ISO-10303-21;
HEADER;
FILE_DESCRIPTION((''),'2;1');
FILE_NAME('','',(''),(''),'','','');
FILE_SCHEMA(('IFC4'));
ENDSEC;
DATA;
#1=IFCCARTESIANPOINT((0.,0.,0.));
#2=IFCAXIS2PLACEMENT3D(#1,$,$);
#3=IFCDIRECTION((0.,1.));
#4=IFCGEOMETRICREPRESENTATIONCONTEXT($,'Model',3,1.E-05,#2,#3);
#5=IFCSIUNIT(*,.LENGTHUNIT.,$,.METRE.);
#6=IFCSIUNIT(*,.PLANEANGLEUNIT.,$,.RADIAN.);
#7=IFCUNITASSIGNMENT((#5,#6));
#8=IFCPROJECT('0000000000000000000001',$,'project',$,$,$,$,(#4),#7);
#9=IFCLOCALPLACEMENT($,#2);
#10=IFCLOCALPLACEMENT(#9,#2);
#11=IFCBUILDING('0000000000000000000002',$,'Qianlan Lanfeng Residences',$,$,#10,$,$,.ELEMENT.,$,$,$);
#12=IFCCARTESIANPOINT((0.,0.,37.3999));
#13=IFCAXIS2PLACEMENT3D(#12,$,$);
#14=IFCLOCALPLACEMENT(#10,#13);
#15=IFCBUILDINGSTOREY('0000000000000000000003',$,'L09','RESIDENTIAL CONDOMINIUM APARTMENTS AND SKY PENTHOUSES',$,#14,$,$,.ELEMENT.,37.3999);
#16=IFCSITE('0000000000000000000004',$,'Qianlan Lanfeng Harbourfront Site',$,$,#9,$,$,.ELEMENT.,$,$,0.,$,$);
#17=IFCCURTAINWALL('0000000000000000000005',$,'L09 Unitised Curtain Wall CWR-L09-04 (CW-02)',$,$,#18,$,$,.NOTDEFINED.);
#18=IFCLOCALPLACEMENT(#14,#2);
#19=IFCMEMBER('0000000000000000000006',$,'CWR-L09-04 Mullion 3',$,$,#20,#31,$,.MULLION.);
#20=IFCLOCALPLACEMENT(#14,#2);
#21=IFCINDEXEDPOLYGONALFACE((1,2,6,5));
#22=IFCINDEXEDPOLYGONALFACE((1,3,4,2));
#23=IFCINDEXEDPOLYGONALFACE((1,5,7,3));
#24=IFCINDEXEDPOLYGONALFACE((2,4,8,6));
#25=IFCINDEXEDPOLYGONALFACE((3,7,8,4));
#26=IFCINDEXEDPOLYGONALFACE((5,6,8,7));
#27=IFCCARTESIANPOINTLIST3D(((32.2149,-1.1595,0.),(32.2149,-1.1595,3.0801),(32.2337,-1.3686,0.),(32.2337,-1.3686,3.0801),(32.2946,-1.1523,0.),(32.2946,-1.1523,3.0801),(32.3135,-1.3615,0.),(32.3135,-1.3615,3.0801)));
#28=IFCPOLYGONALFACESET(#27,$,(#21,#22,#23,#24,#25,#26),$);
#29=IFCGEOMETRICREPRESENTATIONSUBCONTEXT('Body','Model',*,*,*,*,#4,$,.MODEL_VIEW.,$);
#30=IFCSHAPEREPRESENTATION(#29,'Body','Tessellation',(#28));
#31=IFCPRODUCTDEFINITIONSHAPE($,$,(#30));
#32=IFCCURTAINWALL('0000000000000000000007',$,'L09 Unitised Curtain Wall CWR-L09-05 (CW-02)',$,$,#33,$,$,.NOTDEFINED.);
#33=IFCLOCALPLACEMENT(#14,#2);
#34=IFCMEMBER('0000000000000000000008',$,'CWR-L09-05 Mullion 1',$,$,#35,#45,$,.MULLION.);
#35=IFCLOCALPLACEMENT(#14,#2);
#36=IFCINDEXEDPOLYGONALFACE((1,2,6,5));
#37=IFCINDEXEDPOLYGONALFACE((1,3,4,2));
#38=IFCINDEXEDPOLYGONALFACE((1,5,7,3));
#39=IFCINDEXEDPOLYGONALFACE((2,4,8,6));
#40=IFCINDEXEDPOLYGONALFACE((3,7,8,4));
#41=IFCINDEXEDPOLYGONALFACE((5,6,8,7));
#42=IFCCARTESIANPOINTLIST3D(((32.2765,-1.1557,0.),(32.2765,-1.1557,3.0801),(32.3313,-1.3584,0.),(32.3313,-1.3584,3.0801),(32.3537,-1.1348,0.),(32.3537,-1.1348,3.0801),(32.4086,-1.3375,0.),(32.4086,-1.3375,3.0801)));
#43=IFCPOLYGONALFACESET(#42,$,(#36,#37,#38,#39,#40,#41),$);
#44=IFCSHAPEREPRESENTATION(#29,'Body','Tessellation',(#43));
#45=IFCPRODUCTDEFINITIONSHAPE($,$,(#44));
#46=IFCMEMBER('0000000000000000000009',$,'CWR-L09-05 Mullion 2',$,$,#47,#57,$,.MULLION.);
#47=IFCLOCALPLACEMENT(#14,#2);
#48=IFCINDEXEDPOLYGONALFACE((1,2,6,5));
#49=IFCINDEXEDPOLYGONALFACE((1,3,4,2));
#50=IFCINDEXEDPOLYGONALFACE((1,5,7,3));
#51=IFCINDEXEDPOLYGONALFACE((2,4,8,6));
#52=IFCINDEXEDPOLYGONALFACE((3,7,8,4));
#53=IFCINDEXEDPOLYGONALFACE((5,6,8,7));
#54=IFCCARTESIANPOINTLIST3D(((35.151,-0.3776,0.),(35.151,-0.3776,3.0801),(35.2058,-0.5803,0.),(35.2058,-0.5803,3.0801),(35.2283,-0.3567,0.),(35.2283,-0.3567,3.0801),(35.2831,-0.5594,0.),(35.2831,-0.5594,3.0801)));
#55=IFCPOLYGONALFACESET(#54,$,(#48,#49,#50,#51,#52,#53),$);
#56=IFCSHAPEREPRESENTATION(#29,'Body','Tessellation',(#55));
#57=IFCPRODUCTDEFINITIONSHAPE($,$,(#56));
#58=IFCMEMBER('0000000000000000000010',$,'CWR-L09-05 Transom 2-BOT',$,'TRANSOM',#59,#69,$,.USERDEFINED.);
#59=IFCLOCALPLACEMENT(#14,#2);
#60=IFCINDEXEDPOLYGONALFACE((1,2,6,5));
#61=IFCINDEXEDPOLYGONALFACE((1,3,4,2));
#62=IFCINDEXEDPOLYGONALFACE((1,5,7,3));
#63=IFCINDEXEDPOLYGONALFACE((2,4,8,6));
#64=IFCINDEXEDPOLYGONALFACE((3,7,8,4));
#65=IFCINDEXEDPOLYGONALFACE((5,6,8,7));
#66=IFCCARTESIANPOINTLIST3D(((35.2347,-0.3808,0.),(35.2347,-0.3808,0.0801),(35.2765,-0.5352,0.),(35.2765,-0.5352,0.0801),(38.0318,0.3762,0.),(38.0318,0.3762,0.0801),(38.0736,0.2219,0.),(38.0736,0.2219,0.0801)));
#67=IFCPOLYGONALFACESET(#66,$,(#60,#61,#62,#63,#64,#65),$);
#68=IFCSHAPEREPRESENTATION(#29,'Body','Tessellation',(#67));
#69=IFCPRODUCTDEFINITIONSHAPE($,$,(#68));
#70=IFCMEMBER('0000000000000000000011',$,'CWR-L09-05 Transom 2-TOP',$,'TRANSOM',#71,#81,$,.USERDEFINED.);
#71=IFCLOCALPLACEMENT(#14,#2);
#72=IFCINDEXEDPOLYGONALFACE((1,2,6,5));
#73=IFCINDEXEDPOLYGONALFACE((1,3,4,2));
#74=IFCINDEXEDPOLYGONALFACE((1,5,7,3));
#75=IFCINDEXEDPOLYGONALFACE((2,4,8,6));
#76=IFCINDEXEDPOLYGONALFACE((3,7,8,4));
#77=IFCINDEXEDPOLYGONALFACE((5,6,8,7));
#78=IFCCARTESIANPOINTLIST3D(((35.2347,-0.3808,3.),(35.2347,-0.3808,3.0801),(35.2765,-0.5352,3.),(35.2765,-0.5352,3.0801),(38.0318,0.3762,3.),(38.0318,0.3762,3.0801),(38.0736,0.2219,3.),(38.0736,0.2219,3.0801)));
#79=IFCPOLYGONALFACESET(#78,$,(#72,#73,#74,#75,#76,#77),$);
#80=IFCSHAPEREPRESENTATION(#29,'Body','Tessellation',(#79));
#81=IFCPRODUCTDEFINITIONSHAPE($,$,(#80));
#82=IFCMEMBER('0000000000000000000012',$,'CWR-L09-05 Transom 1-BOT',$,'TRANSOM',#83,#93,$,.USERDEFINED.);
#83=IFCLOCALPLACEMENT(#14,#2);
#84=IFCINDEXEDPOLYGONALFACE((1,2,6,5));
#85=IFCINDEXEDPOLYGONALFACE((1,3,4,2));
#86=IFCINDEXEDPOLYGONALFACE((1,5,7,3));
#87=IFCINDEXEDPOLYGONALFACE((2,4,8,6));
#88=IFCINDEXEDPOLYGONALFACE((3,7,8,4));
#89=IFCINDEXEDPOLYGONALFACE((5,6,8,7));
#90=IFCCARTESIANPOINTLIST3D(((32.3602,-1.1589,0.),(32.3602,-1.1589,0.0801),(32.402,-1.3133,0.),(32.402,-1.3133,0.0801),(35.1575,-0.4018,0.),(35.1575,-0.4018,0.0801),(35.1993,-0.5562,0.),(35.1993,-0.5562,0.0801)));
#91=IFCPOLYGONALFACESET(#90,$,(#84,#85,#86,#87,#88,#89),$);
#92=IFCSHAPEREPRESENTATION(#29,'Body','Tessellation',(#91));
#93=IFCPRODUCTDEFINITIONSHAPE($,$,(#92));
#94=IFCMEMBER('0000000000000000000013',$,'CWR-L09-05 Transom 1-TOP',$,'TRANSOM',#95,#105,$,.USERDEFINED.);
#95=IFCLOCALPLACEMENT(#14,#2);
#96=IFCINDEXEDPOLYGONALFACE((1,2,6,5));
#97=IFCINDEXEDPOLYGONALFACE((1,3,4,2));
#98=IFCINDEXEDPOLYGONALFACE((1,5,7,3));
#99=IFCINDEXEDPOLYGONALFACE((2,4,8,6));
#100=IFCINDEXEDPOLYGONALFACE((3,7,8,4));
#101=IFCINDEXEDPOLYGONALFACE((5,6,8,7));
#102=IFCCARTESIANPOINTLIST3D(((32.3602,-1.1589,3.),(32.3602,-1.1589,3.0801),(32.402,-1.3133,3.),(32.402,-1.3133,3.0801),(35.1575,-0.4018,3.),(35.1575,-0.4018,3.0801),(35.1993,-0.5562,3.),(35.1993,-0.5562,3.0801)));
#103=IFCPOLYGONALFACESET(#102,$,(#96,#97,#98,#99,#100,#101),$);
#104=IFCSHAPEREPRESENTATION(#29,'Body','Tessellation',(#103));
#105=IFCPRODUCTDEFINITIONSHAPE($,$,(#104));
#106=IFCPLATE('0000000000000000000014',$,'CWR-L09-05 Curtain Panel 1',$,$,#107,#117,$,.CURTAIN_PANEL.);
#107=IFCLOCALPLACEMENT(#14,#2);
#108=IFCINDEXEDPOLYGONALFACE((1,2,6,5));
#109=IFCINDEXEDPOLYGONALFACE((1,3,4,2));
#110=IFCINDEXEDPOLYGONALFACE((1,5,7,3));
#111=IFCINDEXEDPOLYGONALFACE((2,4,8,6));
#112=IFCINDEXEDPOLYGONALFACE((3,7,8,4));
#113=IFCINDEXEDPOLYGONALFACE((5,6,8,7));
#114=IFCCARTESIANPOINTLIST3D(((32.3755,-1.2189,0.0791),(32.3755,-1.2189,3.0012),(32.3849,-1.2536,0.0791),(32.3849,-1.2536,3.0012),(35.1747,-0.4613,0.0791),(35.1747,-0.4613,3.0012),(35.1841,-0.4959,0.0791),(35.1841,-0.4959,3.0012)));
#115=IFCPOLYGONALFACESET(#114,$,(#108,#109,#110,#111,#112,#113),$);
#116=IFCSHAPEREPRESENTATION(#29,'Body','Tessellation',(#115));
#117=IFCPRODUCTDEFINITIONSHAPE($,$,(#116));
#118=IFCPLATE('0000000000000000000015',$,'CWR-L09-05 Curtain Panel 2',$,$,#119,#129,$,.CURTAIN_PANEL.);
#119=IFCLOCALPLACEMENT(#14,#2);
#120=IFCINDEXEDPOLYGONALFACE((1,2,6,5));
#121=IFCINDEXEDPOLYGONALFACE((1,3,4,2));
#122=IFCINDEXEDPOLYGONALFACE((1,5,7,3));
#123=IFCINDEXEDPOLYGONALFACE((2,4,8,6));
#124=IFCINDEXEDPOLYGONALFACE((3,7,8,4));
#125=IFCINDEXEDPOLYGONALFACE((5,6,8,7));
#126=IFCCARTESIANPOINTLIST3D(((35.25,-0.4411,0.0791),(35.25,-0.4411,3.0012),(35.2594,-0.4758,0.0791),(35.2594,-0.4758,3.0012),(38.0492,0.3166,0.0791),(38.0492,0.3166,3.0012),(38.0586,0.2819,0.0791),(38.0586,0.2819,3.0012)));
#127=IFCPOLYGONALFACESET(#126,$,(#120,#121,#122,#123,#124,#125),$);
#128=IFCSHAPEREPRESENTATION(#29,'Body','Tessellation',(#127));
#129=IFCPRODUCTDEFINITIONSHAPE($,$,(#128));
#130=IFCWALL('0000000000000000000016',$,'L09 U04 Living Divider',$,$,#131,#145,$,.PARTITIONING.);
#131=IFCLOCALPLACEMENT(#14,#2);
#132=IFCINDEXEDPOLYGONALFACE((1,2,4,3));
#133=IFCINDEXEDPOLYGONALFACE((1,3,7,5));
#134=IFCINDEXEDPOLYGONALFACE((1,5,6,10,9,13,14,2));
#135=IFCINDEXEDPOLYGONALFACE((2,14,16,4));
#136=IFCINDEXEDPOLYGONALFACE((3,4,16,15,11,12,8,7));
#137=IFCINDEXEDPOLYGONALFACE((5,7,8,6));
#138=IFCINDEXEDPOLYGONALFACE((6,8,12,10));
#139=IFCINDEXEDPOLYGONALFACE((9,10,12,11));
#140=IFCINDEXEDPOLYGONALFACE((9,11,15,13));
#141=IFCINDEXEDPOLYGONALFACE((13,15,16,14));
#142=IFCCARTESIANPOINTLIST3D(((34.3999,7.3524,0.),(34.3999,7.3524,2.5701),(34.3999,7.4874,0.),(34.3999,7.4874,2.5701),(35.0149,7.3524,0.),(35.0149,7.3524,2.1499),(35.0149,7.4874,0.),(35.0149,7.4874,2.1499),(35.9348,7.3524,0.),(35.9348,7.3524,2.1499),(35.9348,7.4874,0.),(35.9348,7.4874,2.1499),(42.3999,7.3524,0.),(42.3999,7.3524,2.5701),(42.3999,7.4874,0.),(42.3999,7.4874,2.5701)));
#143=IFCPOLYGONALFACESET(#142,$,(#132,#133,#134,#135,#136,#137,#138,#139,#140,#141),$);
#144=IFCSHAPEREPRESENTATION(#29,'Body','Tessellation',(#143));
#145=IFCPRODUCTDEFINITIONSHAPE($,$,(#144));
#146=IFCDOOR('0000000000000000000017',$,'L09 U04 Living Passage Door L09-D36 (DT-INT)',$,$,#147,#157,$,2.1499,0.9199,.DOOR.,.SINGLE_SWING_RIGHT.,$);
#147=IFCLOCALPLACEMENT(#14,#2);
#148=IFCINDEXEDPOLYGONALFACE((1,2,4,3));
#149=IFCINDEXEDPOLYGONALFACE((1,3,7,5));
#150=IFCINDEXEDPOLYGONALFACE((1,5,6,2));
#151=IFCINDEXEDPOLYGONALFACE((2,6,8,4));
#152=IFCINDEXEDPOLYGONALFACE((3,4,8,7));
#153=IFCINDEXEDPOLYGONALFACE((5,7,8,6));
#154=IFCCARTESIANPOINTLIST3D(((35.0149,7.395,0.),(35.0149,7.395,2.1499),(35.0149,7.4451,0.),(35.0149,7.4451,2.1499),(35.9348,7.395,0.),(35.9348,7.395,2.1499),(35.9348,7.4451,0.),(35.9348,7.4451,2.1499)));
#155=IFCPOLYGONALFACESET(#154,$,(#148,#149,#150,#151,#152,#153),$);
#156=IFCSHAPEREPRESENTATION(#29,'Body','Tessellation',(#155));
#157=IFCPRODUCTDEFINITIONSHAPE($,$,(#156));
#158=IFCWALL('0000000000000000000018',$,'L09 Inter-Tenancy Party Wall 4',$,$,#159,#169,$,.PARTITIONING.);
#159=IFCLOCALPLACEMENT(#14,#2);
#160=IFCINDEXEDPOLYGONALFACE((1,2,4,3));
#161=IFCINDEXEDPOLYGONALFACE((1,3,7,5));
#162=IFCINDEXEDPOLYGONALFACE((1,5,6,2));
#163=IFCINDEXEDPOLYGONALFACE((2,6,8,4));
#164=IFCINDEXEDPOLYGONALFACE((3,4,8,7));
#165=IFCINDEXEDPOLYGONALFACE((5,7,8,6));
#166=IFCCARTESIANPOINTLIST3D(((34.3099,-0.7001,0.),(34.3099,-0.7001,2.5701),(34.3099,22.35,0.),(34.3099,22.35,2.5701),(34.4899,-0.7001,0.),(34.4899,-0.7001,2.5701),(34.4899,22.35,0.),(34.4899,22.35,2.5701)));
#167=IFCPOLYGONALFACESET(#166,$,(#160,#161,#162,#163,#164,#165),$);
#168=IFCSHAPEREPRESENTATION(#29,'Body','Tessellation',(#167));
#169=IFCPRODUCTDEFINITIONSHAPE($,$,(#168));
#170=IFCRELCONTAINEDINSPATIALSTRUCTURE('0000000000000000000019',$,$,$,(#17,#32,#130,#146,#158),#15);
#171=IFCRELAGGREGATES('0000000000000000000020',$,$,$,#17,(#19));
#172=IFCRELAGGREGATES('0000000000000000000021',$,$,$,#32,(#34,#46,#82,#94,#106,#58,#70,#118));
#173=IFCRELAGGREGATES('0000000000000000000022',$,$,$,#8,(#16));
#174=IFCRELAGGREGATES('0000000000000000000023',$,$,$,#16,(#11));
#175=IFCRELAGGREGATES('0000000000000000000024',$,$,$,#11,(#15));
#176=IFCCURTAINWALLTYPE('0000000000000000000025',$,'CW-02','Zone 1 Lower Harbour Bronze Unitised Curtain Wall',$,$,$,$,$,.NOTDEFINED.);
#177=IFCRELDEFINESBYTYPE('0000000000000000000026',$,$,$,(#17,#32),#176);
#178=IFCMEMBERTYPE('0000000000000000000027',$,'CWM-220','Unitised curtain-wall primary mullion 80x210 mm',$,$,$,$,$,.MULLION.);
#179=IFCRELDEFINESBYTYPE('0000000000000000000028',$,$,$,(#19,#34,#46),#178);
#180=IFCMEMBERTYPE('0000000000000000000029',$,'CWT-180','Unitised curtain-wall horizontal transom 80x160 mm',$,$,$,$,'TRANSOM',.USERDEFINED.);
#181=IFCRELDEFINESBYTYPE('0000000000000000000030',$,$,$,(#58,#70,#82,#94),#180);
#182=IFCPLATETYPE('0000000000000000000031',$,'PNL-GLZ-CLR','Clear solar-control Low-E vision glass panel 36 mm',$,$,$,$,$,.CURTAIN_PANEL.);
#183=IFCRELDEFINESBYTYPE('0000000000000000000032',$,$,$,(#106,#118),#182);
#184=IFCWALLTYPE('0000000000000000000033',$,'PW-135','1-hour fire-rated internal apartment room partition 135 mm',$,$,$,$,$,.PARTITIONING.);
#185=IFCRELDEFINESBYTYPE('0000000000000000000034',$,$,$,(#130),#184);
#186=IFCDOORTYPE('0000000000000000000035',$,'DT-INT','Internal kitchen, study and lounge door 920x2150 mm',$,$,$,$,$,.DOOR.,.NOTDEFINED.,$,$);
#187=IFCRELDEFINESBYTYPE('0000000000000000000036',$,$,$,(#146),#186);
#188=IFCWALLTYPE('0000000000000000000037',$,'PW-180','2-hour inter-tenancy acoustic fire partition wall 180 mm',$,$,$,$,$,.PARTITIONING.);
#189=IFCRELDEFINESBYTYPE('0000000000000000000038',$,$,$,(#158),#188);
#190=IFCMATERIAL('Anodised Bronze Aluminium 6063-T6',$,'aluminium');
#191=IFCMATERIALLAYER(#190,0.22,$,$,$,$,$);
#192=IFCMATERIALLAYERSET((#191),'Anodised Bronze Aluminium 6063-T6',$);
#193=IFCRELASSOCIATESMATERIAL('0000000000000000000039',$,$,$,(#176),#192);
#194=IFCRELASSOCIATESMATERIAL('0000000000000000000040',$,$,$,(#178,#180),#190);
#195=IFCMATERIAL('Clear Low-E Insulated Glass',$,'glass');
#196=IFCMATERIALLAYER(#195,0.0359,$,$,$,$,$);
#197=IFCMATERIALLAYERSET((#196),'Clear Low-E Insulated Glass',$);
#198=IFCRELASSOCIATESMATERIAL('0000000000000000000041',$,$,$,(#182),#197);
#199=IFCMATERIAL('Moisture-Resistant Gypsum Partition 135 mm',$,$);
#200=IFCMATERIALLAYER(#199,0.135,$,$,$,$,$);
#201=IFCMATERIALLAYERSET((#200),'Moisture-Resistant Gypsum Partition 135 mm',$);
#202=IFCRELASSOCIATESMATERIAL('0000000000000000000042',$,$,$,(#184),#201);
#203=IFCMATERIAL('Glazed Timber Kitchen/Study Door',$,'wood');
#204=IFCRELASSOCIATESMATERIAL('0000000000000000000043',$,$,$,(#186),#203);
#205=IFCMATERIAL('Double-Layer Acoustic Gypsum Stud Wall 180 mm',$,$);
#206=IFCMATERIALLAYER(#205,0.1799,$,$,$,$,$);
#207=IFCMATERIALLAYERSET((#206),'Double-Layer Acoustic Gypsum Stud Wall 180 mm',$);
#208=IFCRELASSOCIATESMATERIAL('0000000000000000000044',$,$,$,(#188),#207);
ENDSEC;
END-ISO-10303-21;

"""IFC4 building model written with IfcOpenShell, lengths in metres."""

from ifc_helpers import new_model, si_unit, direction, frame, frame_2d, origin, origin_2d, place, context, subcontext, project, spatial, rectangle, extrude, source, transform, mapped, material, layer, layer_set, material_profile, profile_set, type_object, element, fill, aggregate, save


model = new_model("IFC4")

# Units and contexts
model_context = context("Model", 3, precision=1e-05, world=origin(), true_north=direction((0.0, 1.0)))
body_context = subcontext(model_context, "Body", "Model", "MODEL_VIEW")
ifc_project = project(units=[si_unit("LENGTHUNIT", "METRE"), si_unit("PLANEANGLEUNIT", "RADIAN")], contexts=[model_context])

# Site, building, storey
site_placement = place(None, origin())
site = spatial("IfcSite", under=ifc_project, at=site_placement, Name="Qianlan Lanfeng Harbourfront Site", CompositionType="ELEMENT", RefElevation=0.0)
building_placement = place(site_placement, origin())
building = spatial("IfcBuilding", under=site, at=building_placement, Name="Qianlan Lanfeng Residences", CompositionType="ELEMENT")
storey_placement = place(building_placement, frame((0.0, 0.0, 37.3999)))
storey = spatial("IfcBuildingStorey", under=building, at=storey_placement, Name="L09", Description="RESIDENTIAL CONDOMINIUM APARTMENTS AND SKY PENTHOUSES", CompositionType="ELEMENT", Elevation=37.3999)

# Curtain wall, member
ifc_material_1 = material(Name="Anodised Bronze Aluminium 6063-T6", Category="aluminium")
ifc_layer_1 = layer(ifc_material_1, 0.22)
ifc_layer_set_1 = layer_set([ifc_layer_1], Name="Anodised Bronze Aluminium 6063-T6")
curtain_wall_type = type_object("IfcCurtainWallType", Name="CW-02", Description="Zone 1 Lower Harbour Bronze Unitised Curtain Wall", PredefinedType="NOTDEFINED", material=ifc_layer_set_1)
curtain_wall_1_placement = place(storey_placement, origin())
curtain_wall_1 = element("IfcCurtainWall", 1, at=curtain_wall_1_placement, inside=storey, type_object=curtain_wall_type, Name="L09 Unitised Curtain Wall CWR-L09-04 (CW-02)", PredefinedType="NOTDEFINED")
ifc_material_profile_1 = material_profile(ifc_material_1, rectangle(XDim=0.0801, YDim=0.21, at=origin_2d()), Name="ALU MULLION 80x210")
ifc_profile_set_1 = profile_set([ifc_material_profile_1], Name="Anodised Bronze Aluminium 6063-T6")
member_type_1 = type_object("IfcMemberType", Name="CWM-220", Description="Unitised curtain-wall primary mullion 80x210 mm", PredefinedType="MULLION", material=ifc_profile_set_1)
shared_shape_1 = source(origin(), body_context, "Body", "SweptSolid", [
    extrude(rectangle(XDim=0.0801, YDim=0.21, at=origin_2d()), origin(), (0.0, 0.0, 1.0), 3.0801),
])
member_1_placement = place(storey_placement, frame((32.2642, -1.2605, 0.0), z_axis=(0.0, 0.0, 1.0), x_axis=(0.995965, 0.089746, 0.0)))
member_1 = element("IfcMember", 2, at=member_1_placement, type_object=member_type_1, Name="CWR-L09-04 Mullion 3", PredefinedType="MULLION", context=body_context, shape_type="MappedRepresentation", body=[
    mapped(shared_shape_1, transform((0.0, 0.0, 0.0), scale=1.0)),
])
aggregate(curtain_wall_1, [member_1])

# Curtain wall, members, plates
curtain_wall_2_placement = place(storey_placement, origin())
curtain_wall_2 = element("IfcCurtainWall", 3, at=curtain_wall_2_placement, inside=storey, type_object=curtain_wall_type, Name="L09 Unitised Curtain Wall CWR-L09-05 (CW-02)", PredefinedType="NOTDEFINED")
member_2_placement = place(storey_placement, frame((32.3425, -1.2466, 0.0), z_axis=(0.0, 0.0, 1.0), x_axis=(0.965263, 0.261281, 0.0)))
member_2 = element("IfcMember", 4, at=member_2_placement, type_object=member_type_1, Name="CWR-L09-05 Mullion 1", PredefinedType="MULLION", context=body_context, shape_type="MappedRepresentation", body=[
    mapped(shared_shape_1, transform((0.0, 0.0, 0.0), scale=1.0)),
])
member_3_placement = place(storey_placement, frame((35.217, -0.4685, 0.0), z_axis=(0.0, 0.0, 1.0), x_axis=(0.965263, 0.261281, 0.0)))
member_3 = element("IfcMember", 5, at=member_3_placement, type_object=member_type_1, Name="CWR-L09-05 Mullion 2", PredefinedType="MULLION", context=body_context, shape_type="MappedRepresentation", body=[
    mapped(shared_shape_1, transform((0.0, 0.0, 0.0), scale=1.0)),
])
ifc_material_profile_2 = material_profile(ifc_material_1, rectangle(XDim=0.0801, YDim=0.1599, at=origin_2d()), Name="ALU TRANSOM 80x160")
ifc_profile_set_2 = profile_set([ifc_material_profile_2], Name="Anodised Bronze Aluminium 6063-T6")
member_type_2 = type_object("IfcMemberType", Name="CWT-180", Description="Unitised curtain-wall horizontal transom 80x160 mm", ElementType="TRANSOM", PredefinedType="USERDEFINED", material=ifc_profile_set_2)
shared_shape_2 = source(origin(), body_context, "Body", "SweptSolid", [
    extrude(rectangle(XDim=0.0801, YDim=0.1599, at=origin_2d()), origin(), (0.0, 0.0, 1.0), 2.8977),
])
member_4_placement = place(storey_placement, frame((35.2556, -0.458, 0.04), z_axis=(0.965268, 0.261263, 0.0), x_axis=(0.0, 0.0, 1.0)))
member_4 = element("IfcMember", 6, at=member_4_placement, type_object=member_type_2, Name="CWR-L09-05 Transom 2-BOT", ObjectType="TRANSOM", PredefinedType="USERDEFINED", context=body_context, shape_type="MappedRepresentation", body=[
    mapped(shared_shape_2, transform((0.0, 0.0, 0.0), scale=1.0)),
])
member_5_placement = place(storey_placement, frame((35.2556, -0.458, 3.04), z_axis=(0.965268, 0.261263, 0.0), x_axis=(0.0, 0.0, 1.0)))
member_5 = element("IfcMember", 7, at=member_5_placement, type_object=member_type_2, Name="CWR-L09-05 Transom 2-TOP", ObjectType="TRANSOM", PredefinedType="USERDEFINED", context=body_context, shape_type="MappedRepresentation", body=[
    mapped(shared_shape_2, transform((0.0, 0.0, 0.0), scale=1.0)),
])
shared_shape_3 = source(origin(), body_context, "Body", "SweptSolid", [
    extrude(rectangle(XDim=0.0801, YDim=0.1599, at=origin_2d()), origin(), (0.0, 0.0, 1.0), 2.8979),
])
member_6_placement = place(storey_placement, frame((32.3811, -1.2361, 0.04), z_axis=(0.965273, 0.261242, 0.0), x_axis=(0.0, 0.0, 1.0)))
member_6 = element("IfcMember", 8, at=member_6_placement, type_object=member_type_2, Name="CWR-L09-05 Transom 1-BOT", ObjectType="TRANSOM", PredefinedType="USERDEFINED", context=body_context, shape_type="MappedRepresentation", body=[
    mapped(shared_shape_3, transform((0.0, 0.0, 0.0), scale=1.0)),
])
member_7_placement = place(storey_placement, frame((32.3811, -1.2361, 3.04), z_axis=(0.965273, 0.261242, 0.0), x_axis=(0.0, 0.0, 1.0)))
member_7 = element("IfcMember", 9, at=member_7_placement, type_object=member_type_2, Name="CWR-L09-05 Transom 1-TOP", ObjectType="TRANSOM", PredefinedType="USERDEFINED", context=body_context, shape_type="MappedRepresentation", body=[
    mapped(shared_shape_3, transform((0.0, 0.0, 0.0), scale=1.0)),
])
ifc_material_2 = material(Name="Clear Low-E Insulated Glass", Category="glass")
ifc_layer_2 = layer(ifc_material_2, 0.0359)
ifc_layer_set_2 = layer_set([ifc_layer_2], Name="Clear Low-E Insulated Glass")
plate_type = type_object("IfcPlateType", Name="PNL-GLZ-CLR", Description="Clear solar-control Low-E vision glass panel 36 mm", PredefinedType="CURTAIN_PANEL", material=ifc_layer_set_2)
shared_shape_4 = source(origin(), body_context, "Body", "SweptSolid", [
    extrude(rectangle(XDim=2.8999, YDim=0.0359, at=origin_2d()), origin(), (0.0, 0.0, 1.0), 2.9221),
])
plate_1_placement = place(storey_placement, frame((33.7798, -0.8574, 0.0791), z_axis=(0.0, 0.0, 1.0), x_axis=(0.965263, 0.261281, 0.0)))
plate_1 = element("IfcPlate", 10, at=plate_1_placement, type_object=plate_type, Name="CWR-L09-05 Curtain Panel 1", PredefinedType="CURTAIN_PANEL", context=body_context, shape_type="MappedRepresentation", body=[
    mapped(shared_shape_4, transform((0.0, 0.0, 0.0), scale=1.0)),
])
plate_2_placement = place(storey_placement, frame((36.6543, -0.0796, 0.0791), z_axis=(0.0, 0.0, 1.0), x_axis=(0.965263, 0.261281, 0.0)))
plate_2 = element("IfcPlate", 11, at=plate_2_placement, type_object=plate_type, Name="CWR-L09-05 Curtain Panel 2", PredefinedType="CURTAIN_PANEL", context=body_context, shape_type="MappedRepresentation", body=[
    mapped(shared_shape_4, transform((0.0, 0.0, 0.0), scale=1.0)),
])
aggregate(curtain_wall_2, [member_2, member_3, member_6, member_7, plate_1, member_4, member_5, plate_2])

# Wall, opening, door
ifc_material_3 = material(Name="Moisture-Resistant Gypsum Partition 135 mm")
ifc_layer_3 = layer(ifc_material_3, 0.135)
ifc_layer_set_3 = layer_set([ifc_layer_3], Name="Moisture-Resistant Gypsum Partition 135 mm")
wall_type_1 = type_object("IfcWallType", Name="PW-135", Description="1-hour fire-rated internal apartment room partition 135 mm", PredefinedType="PARTITIONING", material=ifc_layer_set_3)
wall_1_placement = place(storey_placement, frame((34.3999, 7.4199, 0.0), z_axis=(0.0, 0.0, 1.0), x_axis=(1.0, 0.0, 0.0)))
wall_1 = element("IfcWall", 12, at=wall_1_placement, inside=storey, type_object=wall_type_1, Name="L09 U04 Living Divider", PredefinedType="PARTITIONING", context=body_context, shape_type="SweptSolid", body=[
    extrude(rectangle(XDim=8.0, YDim=0.135, at=frame_2d((4.0, 0.0))), origin(), (0.0, 0.0, 1.0), 2.5701),
])
opening_1_placement = place(wall_1_placement, frame((0.615, 0.0, 0.0)))
opening_1 = element("IfcOpeningElement", 13, at=opening_1_placement, cuts=wall_1, PredefinedType="OPENING", context=body_context, shape_type="SweptSolid", body=[
    extrude(rectangle(XDim=0.9199, YDim=2.1499, at=frame_2d((0.46, 1.075))), frame((0.0, 0.0776, 0.0), z_axis=(0.0, -1.0, 0.0), x_axis=(1.0, 0.0, 0.0)), (0.0, 0.0, 1.0), 0.155),
])
ifc_material_4 = material(Name="Glazed Timber Kitchen/Study Door", Category="wood")
door_type_1 = type_object("IfcDoorType", Name="DT-INT", Description="Internal kitchen, study and lounge door 920x2150 mm", OperationType="NOTDEFINED", PredefinedType="DOOR", material=ifc_material_4)
door_1_placement = place(opening_1_placement, frame((0.9199, 0.0, 0.0), z_axis=(0.0, 0.0, 1.0), x_axis=(-1.0, 0.0, 0.0)))
door_1 = element("IfcDoor", 14, at=door_1_placement, inside=storey, type_object=door_type_1, Name="L09 U04 Living Passage Door L09-D36 (DT-INT)", OperationType="SINGLE_SWING_RIGHT", OverallHeight=2.1499, OverallWidth=0.9199, PredefinedType="DOOR", context=body_context, shape_type="SweptSolid", body=[
    extrude(rectangle(XDim=0.9199, YDim=2.1499, at=frame_2d((0.46, 1.075))), frame((0.0, 0.0249, 0.0), z_axis=(0.0, -1.0, 0.0), x_axis=(1.0, 0.0, 0.0)), (0.0, 0.0, 1.0), 0.05),
])
fill(opening_1, door_1)

# Wall
ifc_material_5 = material(Name="Double-Layer Acoustic Gypsum Stud Wall 180 mm")
ifc_layer_4 = layer(ifc_material_5, 0.1799)
ifc_layer_set_4 = layer_set([ifc_layer_4], Name="Double-Layer Acoustic Gypsum Stud Wall 180 mm")
wall_type_2 = type_object("IfcWallType", Name="PW-180", Description="2-hour inter-tenancy acoustic fire partition wall 180 mm", PredefinedType="PARTITIONING", material=ifc_layer_set_4)
wall_2_placement = place(storey_placement, frame((34.3999, -0.7, 0.0), z_axis=(0.0, 0.0, 1.0), x_axis=(0.0, 1.0, 0.0)))
element("IfcWall", 15, at=wall_2_placement, inside=storey, type_object=wall_type_2, Name="L09 Inter-Tenancy Party Wall 4", PredefinedType="PARTITIONING", context=body_context, shape_type="SweptSolid", body=[
    extrude(rectangle(XDim=23.05, YDim=0.1799, at=frame_2d((11.5249, 0.0))), origin(), (0.0, 0.0, 1.0), 2.5701),
])

save(model, "model.ifc")
